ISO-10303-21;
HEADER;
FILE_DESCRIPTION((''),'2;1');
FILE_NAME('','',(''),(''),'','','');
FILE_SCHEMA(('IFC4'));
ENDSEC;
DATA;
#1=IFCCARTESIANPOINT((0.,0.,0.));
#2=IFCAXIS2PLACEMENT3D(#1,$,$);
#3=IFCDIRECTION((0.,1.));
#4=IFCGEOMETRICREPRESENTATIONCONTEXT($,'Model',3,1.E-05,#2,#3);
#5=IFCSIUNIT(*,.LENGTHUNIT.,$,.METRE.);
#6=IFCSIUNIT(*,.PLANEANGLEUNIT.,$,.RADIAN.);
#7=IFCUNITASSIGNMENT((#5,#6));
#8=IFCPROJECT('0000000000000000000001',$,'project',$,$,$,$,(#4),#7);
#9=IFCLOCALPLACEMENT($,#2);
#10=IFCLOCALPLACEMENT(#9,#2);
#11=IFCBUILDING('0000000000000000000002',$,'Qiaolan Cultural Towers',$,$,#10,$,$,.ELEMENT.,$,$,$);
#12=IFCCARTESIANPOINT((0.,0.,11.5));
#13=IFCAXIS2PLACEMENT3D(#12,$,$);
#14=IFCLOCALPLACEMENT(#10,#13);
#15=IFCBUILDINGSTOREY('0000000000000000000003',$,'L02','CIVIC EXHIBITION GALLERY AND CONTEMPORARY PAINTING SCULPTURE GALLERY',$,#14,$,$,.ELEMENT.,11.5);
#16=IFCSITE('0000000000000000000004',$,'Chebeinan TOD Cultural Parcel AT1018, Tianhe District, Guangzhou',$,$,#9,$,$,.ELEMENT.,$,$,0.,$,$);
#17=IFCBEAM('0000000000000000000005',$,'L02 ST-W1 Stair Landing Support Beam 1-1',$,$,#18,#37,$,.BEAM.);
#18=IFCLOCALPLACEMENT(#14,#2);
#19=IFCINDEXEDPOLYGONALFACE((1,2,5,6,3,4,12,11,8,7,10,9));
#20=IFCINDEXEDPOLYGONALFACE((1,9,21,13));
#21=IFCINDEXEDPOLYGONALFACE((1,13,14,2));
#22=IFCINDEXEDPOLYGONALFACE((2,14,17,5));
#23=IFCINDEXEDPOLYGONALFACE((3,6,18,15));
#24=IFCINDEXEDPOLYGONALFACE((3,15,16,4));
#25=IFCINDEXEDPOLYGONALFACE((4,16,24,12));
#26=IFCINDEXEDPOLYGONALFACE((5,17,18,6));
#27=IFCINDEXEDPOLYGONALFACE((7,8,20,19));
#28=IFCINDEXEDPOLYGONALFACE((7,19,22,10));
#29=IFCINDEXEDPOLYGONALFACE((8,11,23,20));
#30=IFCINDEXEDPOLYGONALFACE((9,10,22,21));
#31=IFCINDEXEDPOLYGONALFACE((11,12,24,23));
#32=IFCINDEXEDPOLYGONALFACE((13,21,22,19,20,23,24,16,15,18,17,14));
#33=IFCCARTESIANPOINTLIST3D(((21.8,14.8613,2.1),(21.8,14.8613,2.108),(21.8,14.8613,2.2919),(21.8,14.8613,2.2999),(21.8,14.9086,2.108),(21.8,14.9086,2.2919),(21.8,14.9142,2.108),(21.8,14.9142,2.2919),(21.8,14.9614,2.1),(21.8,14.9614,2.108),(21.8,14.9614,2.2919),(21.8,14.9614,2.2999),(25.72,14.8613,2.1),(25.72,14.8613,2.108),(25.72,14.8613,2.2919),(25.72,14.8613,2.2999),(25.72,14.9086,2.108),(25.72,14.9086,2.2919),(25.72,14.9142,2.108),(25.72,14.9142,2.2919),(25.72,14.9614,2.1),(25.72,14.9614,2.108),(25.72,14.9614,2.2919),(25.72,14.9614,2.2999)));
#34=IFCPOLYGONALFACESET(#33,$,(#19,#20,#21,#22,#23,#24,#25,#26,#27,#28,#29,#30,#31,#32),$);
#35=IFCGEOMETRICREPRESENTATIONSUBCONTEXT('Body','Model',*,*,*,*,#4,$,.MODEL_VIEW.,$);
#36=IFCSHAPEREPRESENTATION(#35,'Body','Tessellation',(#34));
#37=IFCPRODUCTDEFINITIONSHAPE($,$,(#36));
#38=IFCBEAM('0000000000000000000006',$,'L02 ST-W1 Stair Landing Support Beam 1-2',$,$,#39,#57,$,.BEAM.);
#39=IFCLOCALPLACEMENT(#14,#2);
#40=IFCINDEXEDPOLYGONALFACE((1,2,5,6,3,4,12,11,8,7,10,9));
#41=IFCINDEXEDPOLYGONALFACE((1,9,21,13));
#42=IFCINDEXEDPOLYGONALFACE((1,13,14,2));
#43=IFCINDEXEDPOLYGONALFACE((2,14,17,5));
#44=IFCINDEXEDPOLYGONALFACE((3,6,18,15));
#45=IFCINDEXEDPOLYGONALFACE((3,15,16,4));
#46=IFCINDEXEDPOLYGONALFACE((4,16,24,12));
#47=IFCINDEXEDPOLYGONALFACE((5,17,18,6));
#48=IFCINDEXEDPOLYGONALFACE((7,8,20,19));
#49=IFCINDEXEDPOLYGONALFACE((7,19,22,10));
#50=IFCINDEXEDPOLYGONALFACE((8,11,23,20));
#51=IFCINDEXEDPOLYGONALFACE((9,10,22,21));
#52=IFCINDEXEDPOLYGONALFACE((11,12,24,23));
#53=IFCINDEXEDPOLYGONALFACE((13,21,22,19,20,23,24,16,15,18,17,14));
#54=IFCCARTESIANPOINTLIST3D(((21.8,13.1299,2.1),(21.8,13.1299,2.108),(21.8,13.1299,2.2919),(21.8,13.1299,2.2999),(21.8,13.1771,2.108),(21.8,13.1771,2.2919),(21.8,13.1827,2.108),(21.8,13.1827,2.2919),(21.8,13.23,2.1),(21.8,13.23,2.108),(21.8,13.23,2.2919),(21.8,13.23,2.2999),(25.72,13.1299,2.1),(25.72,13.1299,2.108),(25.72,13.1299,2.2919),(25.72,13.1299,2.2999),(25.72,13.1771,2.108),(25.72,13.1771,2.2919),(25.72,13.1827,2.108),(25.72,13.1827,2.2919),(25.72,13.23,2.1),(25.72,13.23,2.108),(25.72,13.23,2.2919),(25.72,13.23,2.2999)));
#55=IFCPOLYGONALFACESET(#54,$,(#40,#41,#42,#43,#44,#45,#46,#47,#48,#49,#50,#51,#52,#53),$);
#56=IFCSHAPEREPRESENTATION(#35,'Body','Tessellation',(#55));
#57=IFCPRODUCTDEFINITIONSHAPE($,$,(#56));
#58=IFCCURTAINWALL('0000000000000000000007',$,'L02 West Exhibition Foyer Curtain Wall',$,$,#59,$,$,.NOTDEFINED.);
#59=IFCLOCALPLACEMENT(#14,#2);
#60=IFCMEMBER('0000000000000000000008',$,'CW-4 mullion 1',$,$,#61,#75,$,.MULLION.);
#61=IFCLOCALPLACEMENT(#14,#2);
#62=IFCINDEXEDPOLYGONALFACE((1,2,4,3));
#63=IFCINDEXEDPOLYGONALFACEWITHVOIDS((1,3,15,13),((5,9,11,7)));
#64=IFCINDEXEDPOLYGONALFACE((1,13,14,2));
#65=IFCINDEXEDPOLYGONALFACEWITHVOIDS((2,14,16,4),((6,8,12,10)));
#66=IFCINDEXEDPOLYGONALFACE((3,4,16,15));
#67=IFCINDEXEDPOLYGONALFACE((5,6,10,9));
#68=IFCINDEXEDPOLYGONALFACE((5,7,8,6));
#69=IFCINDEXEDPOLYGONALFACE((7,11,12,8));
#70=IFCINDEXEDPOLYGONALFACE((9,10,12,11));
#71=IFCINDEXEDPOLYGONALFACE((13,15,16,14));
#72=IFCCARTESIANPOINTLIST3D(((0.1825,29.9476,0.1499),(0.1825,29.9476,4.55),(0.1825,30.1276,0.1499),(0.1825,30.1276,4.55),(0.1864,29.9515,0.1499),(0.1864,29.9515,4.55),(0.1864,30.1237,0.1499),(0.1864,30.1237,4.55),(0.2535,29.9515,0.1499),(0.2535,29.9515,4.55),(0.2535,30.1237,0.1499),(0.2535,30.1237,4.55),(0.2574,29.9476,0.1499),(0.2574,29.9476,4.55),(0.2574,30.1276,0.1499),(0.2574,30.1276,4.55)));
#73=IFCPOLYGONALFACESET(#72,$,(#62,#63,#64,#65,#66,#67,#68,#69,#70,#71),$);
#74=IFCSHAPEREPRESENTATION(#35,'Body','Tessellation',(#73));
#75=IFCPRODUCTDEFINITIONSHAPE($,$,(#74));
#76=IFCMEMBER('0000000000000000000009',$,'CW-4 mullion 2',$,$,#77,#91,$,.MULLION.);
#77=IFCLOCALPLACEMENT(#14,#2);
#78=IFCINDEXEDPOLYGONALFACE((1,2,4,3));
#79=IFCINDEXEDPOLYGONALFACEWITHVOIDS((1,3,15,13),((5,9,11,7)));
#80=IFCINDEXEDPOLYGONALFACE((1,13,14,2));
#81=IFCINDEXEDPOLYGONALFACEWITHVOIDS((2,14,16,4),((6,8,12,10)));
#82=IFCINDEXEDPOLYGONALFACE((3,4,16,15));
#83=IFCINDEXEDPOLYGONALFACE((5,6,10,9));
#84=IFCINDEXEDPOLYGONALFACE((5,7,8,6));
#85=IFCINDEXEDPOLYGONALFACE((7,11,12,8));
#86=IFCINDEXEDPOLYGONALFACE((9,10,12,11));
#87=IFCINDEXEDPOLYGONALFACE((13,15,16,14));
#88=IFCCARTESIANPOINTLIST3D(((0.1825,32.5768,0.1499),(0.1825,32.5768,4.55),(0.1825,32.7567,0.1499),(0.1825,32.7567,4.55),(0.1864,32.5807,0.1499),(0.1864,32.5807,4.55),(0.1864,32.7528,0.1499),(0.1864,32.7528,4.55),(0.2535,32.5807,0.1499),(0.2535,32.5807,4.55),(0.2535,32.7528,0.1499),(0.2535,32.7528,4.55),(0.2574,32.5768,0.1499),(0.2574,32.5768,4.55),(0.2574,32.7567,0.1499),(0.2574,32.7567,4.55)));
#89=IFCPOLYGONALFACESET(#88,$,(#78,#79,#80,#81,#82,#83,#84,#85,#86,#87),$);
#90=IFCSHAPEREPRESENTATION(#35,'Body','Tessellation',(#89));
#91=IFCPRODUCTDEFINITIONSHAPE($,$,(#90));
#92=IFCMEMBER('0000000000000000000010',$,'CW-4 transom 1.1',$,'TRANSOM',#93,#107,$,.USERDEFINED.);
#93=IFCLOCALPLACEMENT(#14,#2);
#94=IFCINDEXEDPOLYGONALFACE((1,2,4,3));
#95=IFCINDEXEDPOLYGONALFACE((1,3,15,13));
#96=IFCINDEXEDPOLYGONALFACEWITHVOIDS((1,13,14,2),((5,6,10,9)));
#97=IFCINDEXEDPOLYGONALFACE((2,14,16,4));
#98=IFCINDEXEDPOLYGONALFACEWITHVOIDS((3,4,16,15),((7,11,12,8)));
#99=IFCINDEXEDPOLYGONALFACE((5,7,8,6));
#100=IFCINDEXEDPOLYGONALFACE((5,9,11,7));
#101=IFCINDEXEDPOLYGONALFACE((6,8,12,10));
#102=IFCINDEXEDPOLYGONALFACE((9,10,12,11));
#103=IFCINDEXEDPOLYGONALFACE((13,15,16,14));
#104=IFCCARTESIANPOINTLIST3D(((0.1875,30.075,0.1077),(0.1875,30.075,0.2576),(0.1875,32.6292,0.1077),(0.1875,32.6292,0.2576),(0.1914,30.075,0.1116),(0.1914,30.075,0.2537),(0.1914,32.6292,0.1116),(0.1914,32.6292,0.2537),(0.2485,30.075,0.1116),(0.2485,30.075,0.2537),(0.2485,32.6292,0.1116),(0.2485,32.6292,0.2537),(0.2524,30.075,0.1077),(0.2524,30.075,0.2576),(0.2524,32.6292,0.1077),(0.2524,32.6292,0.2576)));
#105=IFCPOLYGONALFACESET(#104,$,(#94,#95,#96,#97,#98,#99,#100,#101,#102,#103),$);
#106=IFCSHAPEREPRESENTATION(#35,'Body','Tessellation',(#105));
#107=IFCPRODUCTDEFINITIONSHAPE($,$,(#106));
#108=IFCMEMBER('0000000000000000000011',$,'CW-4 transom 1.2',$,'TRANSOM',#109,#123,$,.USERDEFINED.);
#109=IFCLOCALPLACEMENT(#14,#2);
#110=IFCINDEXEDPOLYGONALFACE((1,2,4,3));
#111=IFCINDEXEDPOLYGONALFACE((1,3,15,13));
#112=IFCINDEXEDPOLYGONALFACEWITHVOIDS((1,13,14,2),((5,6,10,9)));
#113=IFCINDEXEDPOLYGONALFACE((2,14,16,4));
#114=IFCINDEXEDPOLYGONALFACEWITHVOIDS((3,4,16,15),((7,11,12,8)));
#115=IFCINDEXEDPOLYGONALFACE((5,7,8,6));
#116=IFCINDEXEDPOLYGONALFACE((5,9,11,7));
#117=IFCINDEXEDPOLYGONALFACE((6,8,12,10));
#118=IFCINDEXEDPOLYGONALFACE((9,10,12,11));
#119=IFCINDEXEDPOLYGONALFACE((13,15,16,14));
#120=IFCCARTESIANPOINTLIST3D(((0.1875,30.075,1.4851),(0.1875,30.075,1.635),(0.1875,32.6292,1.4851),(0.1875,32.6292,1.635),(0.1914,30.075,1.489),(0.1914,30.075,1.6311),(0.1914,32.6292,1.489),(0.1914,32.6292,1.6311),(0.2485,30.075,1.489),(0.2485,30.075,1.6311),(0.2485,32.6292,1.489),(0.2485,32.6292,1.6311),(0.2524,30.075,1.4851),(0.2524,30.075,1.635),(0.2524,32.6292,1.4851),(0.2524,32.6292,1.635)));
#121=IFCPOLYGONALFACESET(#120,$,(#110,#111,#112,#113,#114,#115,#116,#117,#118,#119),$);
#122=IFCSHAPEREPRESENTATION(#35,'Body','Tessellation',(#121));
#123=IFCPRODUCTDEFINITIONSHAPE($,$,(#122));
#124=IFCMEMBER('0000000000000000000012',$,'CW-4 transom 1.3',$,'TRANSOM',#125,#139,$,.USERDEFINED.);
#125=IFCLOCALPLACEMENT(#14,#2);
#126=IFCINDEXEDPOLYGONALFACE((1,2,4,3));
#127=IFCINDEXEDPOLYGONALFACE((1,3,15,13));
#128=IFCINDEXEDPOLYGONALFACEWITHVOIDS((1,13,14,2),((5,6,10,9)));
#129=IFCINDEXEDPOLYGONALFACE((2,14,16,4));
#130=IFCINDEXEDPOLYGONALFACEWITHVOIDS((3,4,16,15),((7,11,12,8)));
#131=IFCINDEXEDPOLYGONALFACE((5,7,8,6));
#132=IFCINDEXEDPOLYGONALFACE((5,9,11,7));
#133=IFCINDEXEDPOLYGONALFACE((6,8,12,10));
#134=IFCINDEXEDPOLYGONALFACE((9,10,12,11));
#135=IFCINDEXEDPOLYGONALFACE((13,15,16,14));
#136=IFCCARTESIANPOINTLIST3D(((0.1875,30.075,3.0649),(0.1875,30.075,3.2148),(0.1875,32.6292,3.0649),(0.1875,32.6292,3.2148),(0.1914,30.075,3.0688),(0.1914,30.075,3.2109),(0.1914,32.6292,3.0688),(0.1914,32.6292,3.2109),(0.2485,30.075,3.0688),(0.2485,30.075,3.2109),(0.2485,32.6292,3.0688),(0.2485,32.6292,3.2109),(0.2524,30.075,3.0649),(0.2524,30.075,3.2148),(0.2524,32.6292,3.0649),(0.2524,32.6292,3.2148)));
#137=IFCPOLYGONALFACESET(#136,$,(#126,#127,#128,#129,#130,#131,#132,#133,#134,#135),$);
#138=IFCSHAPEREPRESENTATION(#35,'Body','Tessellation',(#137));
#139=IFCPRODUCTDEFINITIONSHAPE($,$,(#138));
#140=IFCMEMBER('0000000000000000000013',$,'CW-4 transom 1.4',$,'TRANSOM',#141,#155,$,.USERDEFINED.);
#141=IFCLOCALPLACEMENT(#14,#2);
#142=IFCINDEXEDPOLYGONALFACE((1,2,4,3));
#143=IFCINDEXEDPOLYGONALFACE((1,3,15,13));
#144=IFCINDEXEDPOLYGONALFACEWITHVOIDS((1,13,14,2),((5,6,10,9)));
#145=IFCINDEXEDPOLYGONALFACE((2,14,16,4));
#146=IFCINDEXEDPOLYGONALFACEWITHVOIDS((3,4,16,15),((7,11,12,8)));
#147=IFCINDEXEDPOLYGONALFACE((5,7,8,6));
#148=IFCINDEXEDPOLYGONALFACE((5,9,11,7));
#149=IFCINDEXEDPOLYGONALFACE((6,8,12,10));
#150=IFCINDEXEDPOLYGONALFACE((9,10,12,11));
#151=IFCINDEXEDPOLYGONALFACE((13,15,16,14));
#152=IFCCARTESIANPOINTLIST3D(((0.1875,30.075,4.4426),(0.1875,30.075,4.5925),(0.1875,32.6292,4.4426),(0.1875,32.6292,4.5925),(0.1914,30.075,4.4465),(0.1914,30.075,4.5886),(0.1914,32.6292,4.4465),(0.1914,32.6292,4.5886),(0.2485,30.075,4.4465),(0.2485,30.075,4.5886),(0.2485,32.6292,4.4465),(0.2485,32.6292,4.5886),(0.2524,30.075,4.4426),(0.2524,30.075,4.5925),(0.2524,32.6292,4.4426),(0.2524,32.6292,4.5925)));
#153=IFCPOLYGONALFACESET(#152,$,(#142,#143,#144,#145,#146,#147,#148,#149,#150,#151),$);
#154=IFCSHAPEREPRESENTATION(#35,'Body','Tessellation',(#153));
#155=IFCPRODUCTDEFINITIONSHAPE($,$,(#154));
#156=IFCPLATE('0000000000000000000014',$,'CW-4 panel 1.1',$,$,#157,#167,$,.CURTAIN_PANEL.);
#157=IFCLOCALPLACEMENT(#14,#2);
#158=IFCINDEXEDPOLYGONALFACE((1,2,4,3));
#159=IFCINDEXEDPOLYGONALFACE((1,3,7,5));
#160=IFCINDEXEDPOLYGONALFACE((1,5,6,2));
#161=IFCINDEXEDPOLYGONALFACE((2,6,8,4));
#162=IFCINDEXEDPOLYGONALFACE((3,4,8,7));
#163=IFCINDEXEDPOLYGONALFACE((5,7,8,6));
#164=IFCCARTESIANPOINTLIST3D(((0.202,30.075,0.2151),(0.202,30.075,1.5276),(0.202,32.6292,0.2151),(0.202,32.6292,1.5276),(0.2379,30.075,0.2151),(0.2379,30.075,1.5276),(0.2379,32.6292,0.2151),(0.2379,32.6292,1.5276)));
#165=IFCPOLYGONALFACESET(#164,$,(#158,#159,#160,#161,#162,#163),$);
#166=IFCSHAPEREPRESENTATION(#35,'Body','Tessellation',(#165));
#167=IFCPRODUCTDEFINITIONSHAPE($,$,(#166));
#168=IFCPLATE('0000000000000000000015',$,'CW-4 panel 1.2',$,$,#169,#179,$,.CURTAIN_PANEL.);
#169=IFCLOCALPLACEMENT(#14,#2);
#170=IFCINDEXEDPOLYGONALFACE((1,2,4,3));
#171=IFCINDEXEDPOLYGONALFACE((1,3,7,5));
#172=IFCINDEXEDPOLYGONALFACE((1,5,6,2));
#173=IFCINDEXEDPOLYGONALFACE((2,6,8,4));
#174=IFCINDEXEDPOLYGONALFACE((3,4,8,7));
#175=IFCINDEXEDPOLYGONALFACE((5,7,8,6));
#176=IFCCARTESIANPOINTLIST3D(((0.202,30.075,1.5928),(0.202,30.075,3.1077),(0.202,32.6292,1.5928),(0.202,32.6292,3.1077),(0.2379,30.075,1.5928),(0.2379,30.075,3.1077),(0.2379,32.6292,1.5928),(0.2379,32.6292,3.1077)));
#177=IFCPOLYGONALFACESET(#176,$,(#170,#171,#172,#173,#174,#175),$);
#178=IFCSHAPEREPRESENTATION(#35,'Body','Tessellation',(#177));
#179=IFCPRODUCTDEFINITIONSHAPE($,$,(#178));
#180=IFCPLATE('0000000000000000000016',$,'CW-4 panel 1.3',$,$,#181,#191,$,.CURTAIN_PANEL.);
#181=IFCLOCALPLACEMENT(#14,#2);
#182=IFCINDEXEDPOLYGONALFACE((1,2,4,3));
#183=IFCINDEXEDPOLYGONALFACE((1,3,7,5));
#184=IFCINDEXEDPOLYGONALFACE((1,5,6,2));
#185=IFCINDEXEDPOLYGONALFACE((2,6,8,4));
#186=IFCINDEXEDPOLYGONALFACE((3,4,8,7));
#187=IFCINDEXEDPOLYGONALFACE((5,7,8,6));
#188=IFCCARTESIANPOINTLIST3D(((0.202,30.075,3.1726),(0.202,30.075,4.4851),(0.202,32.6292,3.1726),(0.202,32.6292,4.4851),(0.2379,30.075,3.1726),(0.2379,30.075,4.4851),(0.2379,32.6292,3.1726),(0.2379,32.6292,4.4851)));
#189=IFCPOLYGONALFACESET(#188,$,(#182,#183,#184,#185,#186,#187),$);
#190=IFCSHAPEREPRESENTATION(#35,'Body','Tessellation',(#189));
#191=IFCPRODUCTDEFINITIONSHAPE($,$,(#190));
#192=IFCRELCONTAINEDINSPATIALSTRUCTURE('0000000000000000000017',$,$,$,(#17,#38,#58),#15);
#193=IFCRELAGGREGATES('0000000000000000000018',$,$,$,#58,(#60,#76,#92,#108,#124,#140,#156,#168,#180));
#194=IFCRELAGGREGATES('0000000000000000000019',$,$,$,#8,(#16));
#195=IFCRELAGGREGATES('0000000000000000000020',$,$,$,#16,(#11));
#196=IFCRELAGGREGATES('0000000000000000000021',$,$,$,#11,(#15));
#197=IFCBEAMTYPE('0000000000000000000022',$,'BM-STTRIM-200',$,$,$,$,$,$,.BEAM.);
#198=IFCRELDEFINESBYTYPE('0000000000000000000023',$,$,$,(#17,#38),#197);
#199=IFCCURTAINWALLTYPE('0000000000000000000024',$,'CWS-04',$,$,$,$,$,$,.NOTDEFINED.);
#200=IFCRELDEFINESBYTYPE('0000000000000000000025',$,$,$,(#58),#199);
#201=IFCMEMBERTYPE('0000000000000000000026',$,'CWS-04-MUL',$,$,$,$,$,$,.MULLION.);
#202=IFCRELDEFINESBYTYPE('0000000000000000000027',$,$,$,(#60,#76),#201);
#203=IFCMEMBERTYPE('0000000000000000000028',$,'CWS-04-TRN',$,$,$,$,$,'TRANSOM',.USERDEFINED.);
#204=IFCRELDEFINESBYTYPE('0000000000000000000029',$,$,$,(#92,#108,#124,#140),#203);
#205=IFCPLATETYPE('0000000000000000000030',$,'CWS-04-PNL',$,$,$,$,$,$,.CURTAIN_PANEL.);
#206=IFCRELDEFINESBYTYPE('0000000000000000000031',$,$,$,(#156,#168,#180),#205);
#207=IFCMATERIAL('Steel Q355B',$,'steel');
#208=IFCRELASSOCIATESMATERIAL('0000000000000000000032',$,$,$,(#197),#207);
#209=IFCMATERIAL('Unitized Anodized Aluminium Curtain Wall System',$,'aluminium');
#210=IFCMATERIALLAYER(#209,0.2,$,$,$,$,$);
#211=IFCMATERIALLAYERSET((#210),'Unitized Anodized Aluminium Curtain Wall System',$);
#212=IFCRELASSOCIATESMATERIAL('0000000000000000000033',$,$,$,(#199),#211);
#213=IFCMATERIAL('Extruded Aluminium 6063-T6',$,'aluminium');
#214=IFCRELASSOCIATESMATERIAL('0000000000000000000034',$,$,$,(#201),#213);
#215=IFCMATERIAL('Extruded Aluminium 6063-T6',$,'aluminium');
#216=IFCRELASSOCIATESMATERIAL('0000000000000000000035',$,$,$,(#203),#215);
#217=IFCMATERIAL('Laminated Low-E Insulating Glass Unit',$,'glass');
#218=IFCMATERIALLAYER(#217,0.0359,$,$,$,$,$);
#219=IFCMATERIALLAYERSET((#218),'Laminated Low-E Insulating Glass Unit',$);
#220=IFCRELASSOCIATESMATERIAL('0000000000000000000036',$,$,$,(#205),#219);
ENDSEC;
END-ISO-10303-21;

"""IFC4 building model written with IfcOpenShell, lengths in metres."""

from ifc_helpers import new_model, si_unit, direction, frame, origin, origin_2d, place, context, subcontext, project, spatial, rectangle, hollow_rectangle, i_section, extrude, material, layer, layer_set, material_profile, profile_set, type_object, element, aggregate, save


model = new_model("IFC4")

# Units and contexts
model_context = context("Model", 3, precision=1e-05, world=origin(), true_north=direction((0.0, 1.0)))
body_context = subcontext(model_context, "Body", "Model", "MODEL_VIEW")
ifc_project = project(units=[si_unit("LENGTHUNIT", "METRE"), si_unit("PLANEANGLEUNIT", "RADIAN")], contexts=[model_context])

# Site, building, storey
site_placement = place(None, origin())
site = spatial("IfcSite", under=ifc_project, at=site_placement, Name="Chebeinan TOD Cultural Parcel AT1018, Tianhe District, Guangzhou", CompositionType="ELEMENT", RefElevation=0.0)
building_placement = place(site_placement, origin())
building = spatial("IfcBuilding", under=site, at=building_placement, Name="Qiaolan Cultural Towers", CompositionType="ELEMENT")
storey_placement = place(building_placement, frame((0.0, 0.0, 11.5)))
storey = spatial("IfcBuildingStorey", under=building, at=storey_placement, Name="L02", Description="CIVIC EXHIBITION GALLERY AND CONTEMPORARY PAINTING SCULPTURE GALLERY", CompositionType="ELEMENT", Elevation=11.5)

# Beams
ifc_material_1 = material(Name="Steel Q355B", Category="steel")
ifc_material_profile_1 = material_profile(ifc_material_1, i_section(OverallWidth=0.1001, OverallDepth=0.2, WebThickness=0.0056, FlangeThickness=0.0081, at=origin_2d()), Name="HN200x100x5.5x8")
ifc_profile_set_1 = profile_set([ifc_material_profile_1], Name="Steel Q355B")
beam_type_1 = type_object("IfcBeamType", Name="BM-STTRIM-200", PredefinedType="BEAM", material=ifc_profile_set_1)
for number, where, z_axis, x_axis, name in (
    (1, (21.8, 14.9114, 2.2), (1.0, 0.0, 0.0), (0.0, 1.0, 0.0), "L02 ST-W1 Stair Landing Support Beam 1-1"),
    (2, (21.8, 13.1799, 2.2), (1.0, 0.0, 0.0), (0.0, 1.0, 0.0), "L02 ST-W1 Stair Landing Support Beam 1-2"),
):
    element("IfcBeam", number, at=place(storey_placement, frame(where, z_axis=z_axis, x_axis=x_axis)), inside=storey, type_object=beam_type_1, Name=name, PredefinedType="BEAM", context=body_context, shape_type="SweptSolid", body=[
        extrude(i_section(OverallWidth=0.1001, OverallDepth=0.2, WebThickness=0.0056, FlangeThickness=0.0081, at=origin_2d()), origin(), (0.0, 0.0, 1.0), 3.9199),
    ])

# Curtain wall, members, plates
ifc_material_2 = material(Name="Unitized Anodized Aluminium Curtain Wall System", Category="aluminium")
ifc_layer_1 = layer(ifc_material_2, 0.2)
ifc_layer_set_1 = layer_set([ifc_layer_1], Name="Unitized Anodized Aluminium Curtain Wall System")
curtain_wall_type = type_object("IfcCurtainWallType", Name="CWS-04", PredefinedType="NOTDEFINED", material=ifc_layer_set_1)
curtain_wall_placement = place(storey_placement, origin())
curtain_wall = element("IfcCurtainWall", 3, at=curtain_wall_placement, inside=storey, type_object=curtain_wall_type, Name="L02 West Exhibition Foyer Curtain Wall", PredefinedType="NOTDEFINED")
ifc_material_3 = material(Name="Extruded Aluminium 6063-T6", Category="aluminium")
ifc_material_profile_2 = material_profile(ifc_material_3, hollow_rectangle(XDim=0.075, YDim=0.1799, WallThickness=0.0039, at=origin_2d()), Name="CWM-180x75x4")
ifc_profile_set_2 = profile_set([ifc_material_profile_2], Name="Extruded Aluminium 6063-T6")
member_type_1 = type_object("IfcMemberType", Name="CWS-04-MUL", PredefinedType="MULLION", material=ifc_profile_set_2)
member_1_placement = place(storey_placement, frame((0.22, 30.0376, 0.1499), z_axis=(0.0, 0.0, 1.0), x_axis=(-1.0, 0.0, 0.0)))
member_1 = element("IfcMember", 4, at=member_1_placement, type_object=member_type_1, Name="CW-4 mullion 1", PredefinedType="MULLION", context=body_context, shape_type="SweptSolid", body=[
    extrude(hollow_rectangle(XDim=0.075, YDim=0.1799, WallThickness=0.0039, at=origin_2d()), origin(), (0.0, 0.0, 1.0), 4.4001),
])
member_2_placement = place(storey_placement, frame((0.22, 32.6667, 0.1499), z_axis=(0.0, 0.0, 1.0), x_axis=(-1.0, 0.0, 0.0)))
member_2 = element("IfcMember", 5, at=member_2_placement, type_object=member_type_1, Name="CW-4 mullion 2", PredefinedType="MULLION", context=body_context, shape_type="SweptSolid", body=[
    extrude(hollow_rectangle(XDim=0.075, YDim=0.1799, WallThickness=0.0039, at=origin_2d()), origin(), (0.0, 0.0, 1.0), 4.4001),
])
ifc_material_4 = material(Name="Extruded Aluminium 6063-T6", Category="aluminium")
ifc_material_profile_3 = material_profile(ifc_material_4, hollow_rectangle(XDim=0.0649, YDim=0.1499, WallThickness=0.0039, at=origin_2d()), Name="CWT-150x65x4")
ifc_profile_set_3 = profile_set([ifc_material_profile_3], Name="Extruded Aluminium 6063-T6")
member_type_2 = type_object("IfcMemberType", Name="CWS-04-TRN", ElementType="TRANSOM", PredefinedType="USERDEFINED", material=ifc_profile_set_3)
member_3_placement = place(storey_placement, frame((0.22, 30.075, 0.1826), z_axis=(0.0, 1.0, 0.0), x_axis=(-1.0, 0.0, 0.0)))
member_3 = element("IfcMember", 6, at=member_3_placement, type_object=member_type_2, Name="CW-4 transom 1.1", ObjectType="TRANSOM", PredefinedType="USERDEFINED", context=body_context, shape_type="SweptSolid", body=[
    extrude(hollow_rectangle(XDim=0.0649, YDim=0.1499, WallThickness=0.0039, at=origin_2d()), origin(), (0.0, 0.0, 1.0), 2.5542),
])
member_4_placement = place(storey_placement, frame((0.22, 30.075, 1.5601), z_axis=(0.0, 1.0, 0.0), x_axis=(-1.0, 0.0, 0.0)))
member_4 = element("IfcMember", 7, at=member_4_placement, type_object=member_type_2, Name="CW-4 transom 1.2", ObjectType="TRANSOM", PredefinedType="USERDEFINED", context=body_context, shape_type="SweptSolid", body=[
    extrude(hollow_rectangle(XDim=0.0649, YDim=0.1499, WallThickness=0.0039, at=origin_2d()), origin(), (0.0, 0.0, 1.0), 2.5542),
])
member_5_placement = place(storey_placement, frame((0.22, 30.075, 3.1399), z_axis=(0.0, 1.0, 0.0), x_axis=(-1.0, 0.0, 0.0)))
member_5 = element("IfcMember", 8, at=member_5_placement, type_object=member_type_2, Name="CW-4 transom 1.3", ObjectType="TRANSOM", PredefinedType="USERDEFINED", context=body_context, shape_type="SweptSolid", body=[
    extrude(hollow_rectangle(XDim=0.0649, YDim=0.1499, WallThickness=0.0039, at=origin_2d()), origin(), (0.0, 0.0, 1.0), 2.5542),
])
member_6_placement = place(storey_placement, frame((0.22, 30.075, 4.5176), z_axis=(0.0, 1.0, 0.0), x_axis=(-1.0, 0.0, 0.0)))
member_6 = element("IfcMember", 9, at=member_6_placement, type_object=member_type_2, Name="CW-4 transom 1.4", ObjectType="TRANSOM", PredefinedType="USERDEFINED", context=body_context, shape_type="SweptSolid", body=[
    extrude(hollow_rectangle(XDim=0.0649, YDim=0.1499, WallThickness=0.0039, at=origin_2d()), origin(), (0.0, 0.0, 1.0), 2.5542),
])
ifc_material_5 = material(Name="Laminated Low-E Insulating Glass Unit", Category="glass")
ifc_layer_2 = layer(ifc_material_5, 0.0359)
ifc_layer_set_2 = layer_set([ifc_layer_2], Name="Laminated Low-E Insulating Glass Unit")
plate_type = type_object("IfcPlateType", Name="CWS-04-PNL", PredefinedType="CURTAIN_PANEL", material=ifc_layer_set_2)
plate_1_placement = place(storey_placement, frame((0.22, 31.3521, 0.2151), z_axis=(0.0, 0.0, 1.0), x_axis=(0.0, 1.0, 0.0)))
plate_1 = element("IfcPlate", 10, at=plate_1_placement, type_object=plate_type, Name="CW-4 panel 1.1", PredefinedType="CURTAIN_PANEL", context=body_context, shape_type="SweptSolid", body=[
    extrude(rectangle(XDim=2.5542, YDim=0.0359, at=origin_2d()), origin(), (0.0, 0.0, 1.0), 1.3125),
])
plate_2_placement = place(storey_placement, frame((0.22, 31.3521, 1.5928), z_axis=(0.0, 0.0, 1.0), x_axis=(0.0, 1.0, 0.0)))
plate_2 = element("IfcPlate", 11, at=plate_2_placement, type_object=plate_type, Name="CW-4 panel 1.2", PredefinedType="CURTAIN_PANEL", context=body_context, shape_type="SweptSolid", body=[
    extrude(rectangle(XDim=2.5542, YDim=0.0359, at=origin_2d()), origin(), (0.0, 0.0, 1.0), 1.5149),
])
plate_3_placement = place(storey_placement, frame((0.22, 31.3521, 3.1726), z_axis=(0.0, 0.0, 1.0), x_axis=(0.0, 1.0, 0.0)))
plate_3 = element("IfcPlate", 12, at=plate_3_placement, type_object=plate_type, Name="CW-4 panel 1.3", PredefinedType="CURTAIN_PANEL", context=body_context, shape_type="SweptSolid", body=[
    extrude(rectangle(XDim=2.5542, YDim=0.0359, at=origin_2d()), origin(), (0.0, 0.0, 1.0), 1.3125),
])
aggregate(curtain_wall, [member_1, member_2, member_3, member_4, member_5, member_6, plate_1, plate_2, plate_3])

save(model, "model.ifc")
